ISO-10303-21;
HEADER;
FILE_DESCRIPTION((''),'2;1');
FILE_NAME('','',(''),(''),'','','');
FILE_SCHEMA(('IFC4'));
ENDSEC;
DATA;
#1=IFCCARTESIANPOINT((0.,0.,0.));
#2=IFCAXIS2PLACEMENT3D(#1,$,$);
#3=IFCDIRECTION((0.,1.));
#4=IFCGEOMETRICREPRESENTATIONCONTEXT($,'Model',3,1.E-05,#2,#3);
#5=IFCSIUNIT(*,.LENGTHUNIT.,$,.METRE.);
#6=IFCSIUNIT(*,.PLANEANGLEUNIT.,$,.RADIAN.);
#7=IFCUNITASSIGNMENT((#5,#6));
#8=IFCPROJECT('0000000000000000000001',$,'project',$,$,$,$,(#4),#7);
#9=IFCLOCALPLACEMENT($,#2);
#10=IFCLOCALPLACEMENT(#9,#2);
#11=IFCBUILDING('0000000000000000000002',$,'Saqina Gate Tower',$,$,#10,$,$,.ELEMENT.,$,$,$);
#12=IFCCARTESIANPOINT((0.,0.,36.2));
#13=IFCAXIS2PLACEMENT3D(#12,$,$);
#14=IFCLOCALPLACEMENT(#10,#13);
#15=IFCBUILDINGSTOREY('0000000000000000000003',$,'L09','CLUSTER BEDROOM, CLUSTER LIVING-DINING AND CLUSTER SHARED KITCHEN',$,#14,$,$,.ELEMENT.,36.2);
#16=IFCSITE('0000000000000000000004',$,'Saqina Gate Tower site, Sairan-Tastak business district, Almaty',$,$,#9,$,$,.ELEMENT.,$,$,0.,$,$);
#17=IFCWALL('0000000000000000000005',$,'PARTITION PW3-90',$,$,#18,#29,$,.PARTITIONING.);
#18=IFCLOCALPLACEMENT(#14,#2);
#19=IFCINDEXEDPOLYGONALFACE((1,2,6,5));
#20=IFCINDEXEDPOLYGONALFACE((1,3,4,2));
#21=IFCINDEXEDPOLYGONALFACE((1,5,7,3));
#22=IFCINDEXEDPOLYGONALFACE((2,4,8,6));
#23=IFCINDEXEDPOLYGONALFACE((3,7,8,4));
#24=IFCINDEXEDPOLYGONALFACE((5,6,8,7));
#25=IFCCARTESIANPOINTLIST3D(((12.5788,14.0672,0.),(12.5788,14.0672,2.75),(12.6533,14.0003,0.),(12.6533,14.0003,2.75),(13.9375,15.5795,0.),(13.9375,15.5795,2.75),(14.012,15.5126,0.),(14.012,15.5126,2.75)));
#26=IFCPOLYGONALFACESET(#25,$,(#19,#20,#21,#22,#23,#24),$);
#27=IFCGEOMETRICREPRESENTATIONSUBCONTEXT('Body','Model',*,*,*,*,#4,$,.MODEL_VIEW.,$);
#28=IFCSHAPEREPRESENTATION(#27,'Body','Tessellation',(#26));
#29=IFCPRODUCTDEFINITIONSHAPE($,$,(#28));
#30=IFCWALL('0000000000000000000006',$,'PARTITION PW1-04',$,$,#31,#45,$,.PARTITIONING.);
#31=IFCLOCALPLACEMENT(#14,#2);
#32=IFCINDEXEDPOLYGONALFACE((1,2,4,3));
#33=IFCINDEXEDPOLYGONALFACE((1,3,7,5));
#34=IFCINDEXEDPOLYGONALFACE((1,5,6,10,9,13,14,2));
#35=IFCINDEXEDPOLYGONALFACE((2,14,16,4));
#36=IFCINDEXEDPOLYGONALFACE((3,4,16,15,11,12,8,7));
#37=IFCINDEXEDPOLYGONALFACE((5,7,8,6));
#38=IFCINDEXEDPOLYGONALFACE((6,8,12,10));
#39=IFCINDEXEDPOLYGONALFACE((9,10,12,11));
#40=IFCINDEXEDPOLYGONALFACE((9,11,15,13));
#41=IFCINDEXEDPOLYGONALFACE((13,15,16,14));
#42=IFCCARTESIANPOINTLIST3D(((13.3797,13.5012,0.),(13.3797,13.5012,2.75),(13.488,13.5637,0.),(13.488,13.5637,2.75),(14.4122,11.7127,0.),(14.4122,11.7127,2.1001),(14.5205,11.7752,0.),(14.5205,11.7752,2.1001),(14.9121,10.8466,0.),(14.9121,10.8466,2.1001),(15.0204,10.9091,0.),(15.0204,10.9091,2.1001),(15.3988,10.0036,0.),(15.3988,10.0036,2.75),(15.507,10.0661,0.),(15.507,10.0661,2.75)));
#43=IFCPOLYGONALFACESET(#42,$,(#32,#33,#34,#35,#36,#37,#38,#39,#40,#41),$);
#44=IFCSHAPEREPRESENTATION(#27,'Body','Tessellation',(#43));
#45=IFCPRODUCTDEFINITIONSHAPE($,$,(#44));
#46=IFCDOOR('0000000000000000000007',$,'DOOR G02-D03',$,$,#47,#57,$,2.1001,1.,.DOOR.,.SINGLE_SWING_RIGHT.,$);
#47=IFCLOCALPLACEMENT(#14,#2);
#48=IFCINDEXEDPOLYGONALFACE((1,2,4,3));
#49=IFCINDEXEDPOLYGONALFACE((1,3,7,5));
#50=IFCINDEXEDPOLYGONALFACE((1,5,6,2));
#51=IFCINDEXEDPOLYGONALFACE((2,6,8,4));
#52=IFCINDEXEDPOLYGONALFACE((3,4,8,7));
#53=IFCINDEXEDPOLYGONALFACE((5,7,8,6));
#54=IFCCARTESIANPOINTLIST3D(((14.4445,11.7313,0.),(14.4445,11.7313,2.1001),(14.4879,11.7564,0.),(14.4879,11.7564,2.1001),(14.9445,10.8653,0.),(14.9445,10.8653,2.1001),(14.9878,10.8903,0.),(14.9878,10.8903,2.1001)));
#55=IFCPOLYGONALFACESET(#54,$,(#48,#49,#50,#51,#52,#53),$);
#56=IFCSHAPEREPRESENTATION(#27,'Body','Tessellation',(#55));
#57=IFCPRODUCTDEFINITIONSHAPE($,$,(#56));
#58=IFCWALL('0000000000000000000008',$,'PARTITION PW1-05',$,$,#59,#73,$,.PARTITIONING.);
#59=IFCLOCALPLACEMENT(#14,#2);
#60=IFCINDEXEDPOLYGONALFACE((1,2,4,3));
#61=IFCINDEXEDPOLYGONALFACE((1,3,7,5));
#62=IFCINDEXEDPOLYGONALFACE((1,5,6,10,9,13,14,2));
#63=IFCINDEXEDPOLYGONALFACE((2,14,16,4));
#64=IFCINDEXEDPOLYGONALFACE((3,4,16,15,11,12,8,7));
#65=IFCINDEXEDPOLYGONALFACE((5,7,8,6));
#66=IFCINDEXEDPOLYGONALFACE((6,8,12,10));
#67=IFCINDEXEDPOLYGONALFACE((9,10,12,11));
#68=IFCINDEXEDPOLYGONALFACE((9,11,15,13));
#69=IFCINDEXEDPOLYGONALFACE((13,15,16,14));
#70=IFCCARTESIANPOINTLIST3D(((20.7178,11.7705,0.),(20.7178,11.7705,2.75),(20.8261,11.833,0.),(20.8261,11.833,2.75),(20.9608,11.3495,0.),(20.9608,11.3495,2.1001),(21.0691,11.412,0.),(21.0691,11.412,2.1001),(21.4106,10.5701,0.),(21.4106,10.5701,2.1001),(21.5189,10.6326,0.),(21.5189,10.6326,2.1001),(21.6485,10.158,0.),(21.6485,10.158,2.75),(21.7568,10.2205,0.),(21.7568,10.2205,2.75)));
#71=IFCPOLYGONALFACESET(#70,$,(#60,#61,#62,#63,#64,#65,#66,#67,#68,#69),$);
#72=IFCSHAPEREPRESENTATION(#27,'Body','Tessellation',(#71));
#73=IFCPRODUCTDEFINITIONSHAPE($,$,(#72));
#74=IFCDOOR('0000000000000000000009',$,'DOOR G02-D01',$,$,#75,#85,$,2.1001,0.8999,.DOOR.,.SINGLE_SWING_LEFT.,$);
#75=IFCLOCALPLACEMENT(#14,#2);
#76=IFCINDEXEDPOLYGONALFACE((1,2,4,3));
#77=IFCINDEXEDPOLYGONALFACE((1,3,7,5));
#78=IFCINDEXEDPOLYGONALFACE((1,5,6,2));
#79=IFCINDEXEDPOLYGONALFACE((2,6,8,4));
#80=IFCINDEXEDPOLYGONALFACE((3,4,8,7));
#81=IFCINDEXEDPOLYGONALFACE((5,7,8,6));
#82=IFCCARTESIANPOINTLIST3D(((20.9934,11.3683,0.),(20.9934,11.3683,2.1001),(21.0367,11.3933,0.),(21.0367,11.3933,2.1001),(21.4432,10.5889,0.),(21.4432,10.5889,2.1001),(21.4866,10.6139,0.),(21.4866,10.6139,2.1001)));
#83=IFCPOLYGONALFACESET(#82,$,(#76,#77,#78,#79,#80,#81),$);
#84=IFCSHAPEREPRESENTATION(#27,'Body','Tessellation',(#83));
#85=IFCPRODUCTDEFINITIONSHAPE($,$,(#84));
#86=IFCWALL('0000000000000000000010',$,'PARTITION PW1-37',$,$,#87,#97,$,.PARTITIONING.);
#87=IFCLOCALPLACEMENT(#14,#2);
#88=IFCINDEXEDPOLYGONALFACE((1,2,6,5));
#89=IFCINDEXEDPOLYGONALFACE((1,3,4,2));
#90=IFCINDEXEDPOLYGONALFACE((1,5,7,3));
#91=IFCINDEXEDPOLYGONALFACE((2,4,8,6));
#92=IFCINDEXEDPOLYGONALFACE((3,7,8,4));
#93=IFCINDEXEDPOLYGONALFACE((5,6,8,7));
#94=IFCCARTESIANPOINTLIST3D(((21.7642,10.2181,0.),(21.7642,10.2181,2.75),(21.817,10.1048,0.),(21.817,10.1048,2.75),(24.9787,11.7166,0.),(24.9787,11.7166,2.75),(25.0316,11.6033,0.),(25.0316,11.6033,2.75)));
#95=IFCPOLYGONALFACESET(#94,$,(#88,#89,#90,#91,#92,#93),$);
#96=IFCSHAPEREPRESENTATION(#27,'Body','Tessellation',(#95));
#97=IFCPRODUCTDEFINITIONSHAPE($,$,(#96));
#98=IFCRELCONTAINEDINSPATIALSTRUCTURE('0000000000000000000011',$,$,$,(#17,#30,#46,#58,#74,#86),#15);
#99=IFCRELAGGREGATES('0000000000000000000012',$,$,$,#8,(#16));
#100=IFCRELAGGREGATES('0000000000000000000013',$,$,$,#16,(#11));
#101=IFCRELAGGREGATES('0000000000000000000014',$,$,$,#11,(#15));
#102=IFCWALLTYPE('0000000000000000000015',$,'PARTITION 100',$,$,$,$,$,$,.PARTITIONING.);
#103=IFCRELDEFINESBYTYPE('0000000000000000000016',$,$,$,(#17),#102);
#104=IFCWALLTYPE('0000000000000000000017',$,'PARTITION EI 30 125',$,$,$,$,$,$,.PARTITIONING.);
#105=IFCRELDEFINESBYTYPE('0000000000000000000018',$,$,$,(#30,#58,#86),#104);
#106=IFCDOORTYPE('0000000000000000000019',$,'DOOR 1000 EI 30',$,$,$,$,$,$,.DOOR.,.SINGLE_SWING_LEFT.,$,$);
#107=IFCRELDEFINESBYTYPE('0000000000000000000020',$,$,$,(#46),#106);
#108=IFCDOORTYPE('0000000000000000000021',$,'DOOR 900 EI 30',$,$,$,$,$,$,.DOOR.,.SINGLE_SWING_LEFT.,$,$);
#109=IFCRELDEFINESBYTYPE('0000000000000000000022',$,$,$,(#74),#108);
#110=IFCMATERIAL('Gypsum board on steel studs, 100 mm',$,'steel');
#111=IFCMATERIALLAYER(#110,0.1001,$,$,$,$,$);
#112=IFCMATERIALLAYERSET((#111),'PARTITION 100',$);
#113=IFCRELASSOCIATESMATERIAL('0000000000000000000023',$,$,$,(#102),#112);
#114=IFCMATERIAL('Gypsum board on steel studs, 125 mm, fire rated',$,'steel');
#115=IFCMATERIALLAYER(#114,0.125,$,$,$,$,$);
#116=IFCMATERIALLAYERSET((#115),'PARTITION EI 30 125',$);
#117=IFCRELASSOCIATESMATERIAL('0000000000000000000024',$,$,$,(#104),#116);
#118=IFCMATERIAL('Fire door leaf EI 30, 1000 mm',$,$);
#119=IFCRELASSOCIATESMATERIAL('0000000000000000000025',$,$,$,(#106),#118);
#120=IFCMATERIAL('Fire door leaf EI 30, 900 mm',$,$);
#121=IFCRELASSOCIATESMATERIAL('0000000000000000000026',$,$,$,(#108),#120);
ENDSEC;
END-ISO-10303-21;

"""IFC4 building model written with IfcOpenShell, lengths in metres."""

from ifc_helpers import new_model, si_unit, direction, frame, frame_2d, origin, place, context, subcontext, project, spatial, rectangle, extrude, material, layer, layer_set, type_object, element, fill, save


model = new_model("IFC4")

# Units and contexts
model_context = context("Model", 3, precision=1e-05, world=origin(), true_north=direction((0.0, 1.0)))
body_context = subcontext(model_context, "Body", "Model", "MODEL_VIEW")
ifc_project = project(units=[si_unit("LENGTHUNIT", "METRE"), si_unit("PLANEANGLEUNIT", "RADIAN")], contexts=[model_context])

# Site, building, storey
site_placement = place(None, origin())
site = spatial("IfcSite", under=ifc_project, at=site_placement, Name="Saqina Gate Tower site, Sairan-Tastak business district, Almaty", CompositionType="ELEMENT", RefElevation=0.0)
building_placement = place(site_placement, origin())
building = spatial("IfcBuilding", under=site, at=building_placement, Name="Saqina Gate Tower", CompositionType="ELEMENT")
storey_placement = place(building_placement, frame((0.0, 0.0, 36.2)))
storey = spatial("IfcBuildingStorey", under=building, at=storey_placement, Name="L09", Description="CLUSTER BEDROOM, CLUSTER LIVING-DINING AND CLUSTER SHARED KITCHEN", CompositionType="ELEMENT", Elevation=36.2)

# Shared definitions
ifc_material_1 = material(Name="Gypsum board on steel studs, 100 mm", Category="steel")
ifc_layer_1 = layer(ifc_material_1, 0.1001)
ifc_layer_set_1 = layer_set([ifc_layer_1], Name="PARTITION 100")
wall_type_1 = type_object("IfcWallType", Name="PARTITION 100", PredefinedType="PARTITIONING", material=ifc_layer_set_1)

# Wall
wall_1_placement = place(storey_placement, frame((12.616, 14.0337, 0.0), z_axis=(0.0, 0.0, 1.0), x_axis=(0.668328, 0.743867, 0.0)))
element("IfcWall", 1, at=wall_1_placement, inside=storey, type_object=wall_type_1, Name="PARTITION PW3-90", PredefinedType="PARTITIONING", context=body_context, shape_type="SweptSolid", body=[
    extrude(rectangle(XDim=2.033, YDim=0.1001, at=frame_2d((1.0166, 0.0))), origin(), (0.0, 0.0, 1.0), 2.75),
])

# Walls, openings, doors
ifc_material_2 = material(Name="Gypsum board on steel studs, 125 mm, fire rated", Category="steel")
ifc_layer_2 = layer(ifc_material_2, 0.125)
ifc_layer_set_2 = layer_set([ifc_layer_2], Name="PARTITION EI 30 125")
wall_type_2 = type_object("IfcWallType", Name="PARTITION EI 30 125", PredefinedType="PARTITIONING", material=ifc_layer_set_2)
wall_2_placement = place(storey_placement, frame((13.4338, 13.5325, 0.0), z_axis=(0.0, 0.0, 1.0), x_axis=(0.499949, -0.866055, 0.0)))
wall_2 = element("IfcWall", 2, at=wall_2_placement, inside=storey, type_object=wall_type_2, Name="PARTITION PW1-04", PredefinedType="PARTITIONING", context=body_context, shape_type="SweptSolid", body=[
    extrude(rectangle(XDim=4.0386, YDim=0.125, at=frame_2d((2.0193, 0.0))), origin(), (0.0, 0.0, 1.0), 2.75),
])
opening_1_placement = place(wall_2_placement, frame((2.0652, 0.0, 0.0)))
opening_1 = element("IfcOpeningElement", 3, at=opening_1_placement, cuts=wall_2, PredefinedType="OPENING", context=body_context, shape_type="SweptSolid", body=[
    extrude(rectangle(XDim=1.0, YDim=2.1001, at=frame_2d((0.5, 1.05))), frame((0.0, 0.0745, 0.0), z_axis=(0.0, -1.0, 0.0), x_axis=(1.0, 0.0, 0.0)), (0.0, 0.0, 1.0), 0.1489),
])
ifc_material_3 = material(Name="Fire door leaf EI 30, 1000 mm")
door_type_1 = type_object("IfcDoorType", Name="DOOR 1000 EI 30", OperationType="SINGLE_SWING_LEFT", PredefinedType="DOOR", material=ifc_material_3)
door_1_placement = place(opening_1_placement, origin())
door_1 = element("IfcDoor", 4, at=door_1_placement, inside=storey, type_object=door_type_1, Name="DOOR G02-D03", OperationType="SINGLE_SWING_RIGHT", OverallHeight=2.1001, OverallWidth=1.0, PredefinedType="DOOR", context=body_context, shape_type="SweptSolid", body=[
    extrude(rectangle(XDim=1.0, YDim=2.1001, at=frame_2d((0.5, 1.05))), frame((0.0, 0.0249, 0.0), z_axis=(0.0, -1.0, 0.0), x_axis=(1.0, 0.0, 0.0)), (0.0, 0.0, 1.0), 0.05),
])
fill(opening_1, door_1)
wall_3_placement = place(storey_placement, frame((20.772, 11.8018, 0.0), z_axis=(0.0, 0.0, 1.0), x_axis=(0.499862, -0.866105, 0.0)))
wall_3 = element("IfcWall", 5, at=wall_3_placement, inside=storey, type_object=wall_type_2, Name="PARTITION PW1-05", PredefinedType="PARTITIONING", context=body_context, shape_type="SweptSolid", body=[
    extrude(rectangle(XDim=1.8618, YDim=0.125, at=frame_2d((0.9309, 0.0))), origin(), (0.0, 0.0, 1.0), 2.75),
])
opening_2_placement = place(wall_3_placement, frame((0.4861, 0.0, 0.0)))
opening_2 = element("IfcOpeningElement", 6, at=opening_2_placement, cuts=wall_3, PredefinedType="OPENING", context=body_context, shape_type="SweptSolid", body=[
    extrude(rectangle(XDim=0.8999, YDim=2.1001, at=frame_2d((0.45, 1.05))), frame((0.0, 0.0745, 0.0), z_axis=(0.0, -1.0, 0.0), x_axis=(1.0, 0.0, 0.0)), (0.0, 0.0, 1.0), 0.1489),
])
ifc_material_4 = material(Name="Fire door leaf EI 30, 900 mm")
door_type_2 = type_object("IfcDoorType", Name="DOOR 900 EI 30", OperationType="SINGLE_SWING_LEFT", PredefinedType="DOOR", material=ifc_material_4)
door_2_placement = place(opening_2_placement, frame((0.8999, 0.0, 0.0), z_axis=(0.0, 0.0, 1.0), x_axis=(-1.0, 0.0, 0.0)))
door_2 = element("IfcDoor", 7, at=door_2_placement, inside=storey, type_object=door_type_2, Name="DOOR G02-D01", OperationType="SINGLE_SWING_LEFT", OverallHeight=2.1001, OverallWidth=0.8999, PredefinedType="DOOR", context=body_context, shape_type="SweptSolid", body=[
    extrude(rectangle(XDim=0.8999, YDim=2.1001, at=frame_2d((0.45, 1.05))), frame((0.0, 0.0249, 0.0), z_axis=(0.0, -1.0, 0.0), x_axis=(1.0, 0.0, 0.0)), (0.0, 0.0, 1.0), 0.05),
])
fill(opening_2, door_2)

# Wall
wall_4_placement = place(storey_placement, frame((21.7905, 10.1614, 0.0), z_axis=(0.0, 0.0, 1.0), x_axis=(0.906357, 0.422512, 0.0)))
element("IfcWall", 8, at=wall_4_placement, inside=storey, type_object=wall_type_2, Name="PARTITION PW1-37", PredefinedType="PARTITIONING", context=body_context, shape_type="SweptSolid", body=[
    extrude(rectangle(XDim=3.5466, YDim=0.125, at=frame_2d((1.7734, 0.0))), origin(), (0.0, 0.0, 1.0), 2.75),
])

save(model, "model.ifc")
